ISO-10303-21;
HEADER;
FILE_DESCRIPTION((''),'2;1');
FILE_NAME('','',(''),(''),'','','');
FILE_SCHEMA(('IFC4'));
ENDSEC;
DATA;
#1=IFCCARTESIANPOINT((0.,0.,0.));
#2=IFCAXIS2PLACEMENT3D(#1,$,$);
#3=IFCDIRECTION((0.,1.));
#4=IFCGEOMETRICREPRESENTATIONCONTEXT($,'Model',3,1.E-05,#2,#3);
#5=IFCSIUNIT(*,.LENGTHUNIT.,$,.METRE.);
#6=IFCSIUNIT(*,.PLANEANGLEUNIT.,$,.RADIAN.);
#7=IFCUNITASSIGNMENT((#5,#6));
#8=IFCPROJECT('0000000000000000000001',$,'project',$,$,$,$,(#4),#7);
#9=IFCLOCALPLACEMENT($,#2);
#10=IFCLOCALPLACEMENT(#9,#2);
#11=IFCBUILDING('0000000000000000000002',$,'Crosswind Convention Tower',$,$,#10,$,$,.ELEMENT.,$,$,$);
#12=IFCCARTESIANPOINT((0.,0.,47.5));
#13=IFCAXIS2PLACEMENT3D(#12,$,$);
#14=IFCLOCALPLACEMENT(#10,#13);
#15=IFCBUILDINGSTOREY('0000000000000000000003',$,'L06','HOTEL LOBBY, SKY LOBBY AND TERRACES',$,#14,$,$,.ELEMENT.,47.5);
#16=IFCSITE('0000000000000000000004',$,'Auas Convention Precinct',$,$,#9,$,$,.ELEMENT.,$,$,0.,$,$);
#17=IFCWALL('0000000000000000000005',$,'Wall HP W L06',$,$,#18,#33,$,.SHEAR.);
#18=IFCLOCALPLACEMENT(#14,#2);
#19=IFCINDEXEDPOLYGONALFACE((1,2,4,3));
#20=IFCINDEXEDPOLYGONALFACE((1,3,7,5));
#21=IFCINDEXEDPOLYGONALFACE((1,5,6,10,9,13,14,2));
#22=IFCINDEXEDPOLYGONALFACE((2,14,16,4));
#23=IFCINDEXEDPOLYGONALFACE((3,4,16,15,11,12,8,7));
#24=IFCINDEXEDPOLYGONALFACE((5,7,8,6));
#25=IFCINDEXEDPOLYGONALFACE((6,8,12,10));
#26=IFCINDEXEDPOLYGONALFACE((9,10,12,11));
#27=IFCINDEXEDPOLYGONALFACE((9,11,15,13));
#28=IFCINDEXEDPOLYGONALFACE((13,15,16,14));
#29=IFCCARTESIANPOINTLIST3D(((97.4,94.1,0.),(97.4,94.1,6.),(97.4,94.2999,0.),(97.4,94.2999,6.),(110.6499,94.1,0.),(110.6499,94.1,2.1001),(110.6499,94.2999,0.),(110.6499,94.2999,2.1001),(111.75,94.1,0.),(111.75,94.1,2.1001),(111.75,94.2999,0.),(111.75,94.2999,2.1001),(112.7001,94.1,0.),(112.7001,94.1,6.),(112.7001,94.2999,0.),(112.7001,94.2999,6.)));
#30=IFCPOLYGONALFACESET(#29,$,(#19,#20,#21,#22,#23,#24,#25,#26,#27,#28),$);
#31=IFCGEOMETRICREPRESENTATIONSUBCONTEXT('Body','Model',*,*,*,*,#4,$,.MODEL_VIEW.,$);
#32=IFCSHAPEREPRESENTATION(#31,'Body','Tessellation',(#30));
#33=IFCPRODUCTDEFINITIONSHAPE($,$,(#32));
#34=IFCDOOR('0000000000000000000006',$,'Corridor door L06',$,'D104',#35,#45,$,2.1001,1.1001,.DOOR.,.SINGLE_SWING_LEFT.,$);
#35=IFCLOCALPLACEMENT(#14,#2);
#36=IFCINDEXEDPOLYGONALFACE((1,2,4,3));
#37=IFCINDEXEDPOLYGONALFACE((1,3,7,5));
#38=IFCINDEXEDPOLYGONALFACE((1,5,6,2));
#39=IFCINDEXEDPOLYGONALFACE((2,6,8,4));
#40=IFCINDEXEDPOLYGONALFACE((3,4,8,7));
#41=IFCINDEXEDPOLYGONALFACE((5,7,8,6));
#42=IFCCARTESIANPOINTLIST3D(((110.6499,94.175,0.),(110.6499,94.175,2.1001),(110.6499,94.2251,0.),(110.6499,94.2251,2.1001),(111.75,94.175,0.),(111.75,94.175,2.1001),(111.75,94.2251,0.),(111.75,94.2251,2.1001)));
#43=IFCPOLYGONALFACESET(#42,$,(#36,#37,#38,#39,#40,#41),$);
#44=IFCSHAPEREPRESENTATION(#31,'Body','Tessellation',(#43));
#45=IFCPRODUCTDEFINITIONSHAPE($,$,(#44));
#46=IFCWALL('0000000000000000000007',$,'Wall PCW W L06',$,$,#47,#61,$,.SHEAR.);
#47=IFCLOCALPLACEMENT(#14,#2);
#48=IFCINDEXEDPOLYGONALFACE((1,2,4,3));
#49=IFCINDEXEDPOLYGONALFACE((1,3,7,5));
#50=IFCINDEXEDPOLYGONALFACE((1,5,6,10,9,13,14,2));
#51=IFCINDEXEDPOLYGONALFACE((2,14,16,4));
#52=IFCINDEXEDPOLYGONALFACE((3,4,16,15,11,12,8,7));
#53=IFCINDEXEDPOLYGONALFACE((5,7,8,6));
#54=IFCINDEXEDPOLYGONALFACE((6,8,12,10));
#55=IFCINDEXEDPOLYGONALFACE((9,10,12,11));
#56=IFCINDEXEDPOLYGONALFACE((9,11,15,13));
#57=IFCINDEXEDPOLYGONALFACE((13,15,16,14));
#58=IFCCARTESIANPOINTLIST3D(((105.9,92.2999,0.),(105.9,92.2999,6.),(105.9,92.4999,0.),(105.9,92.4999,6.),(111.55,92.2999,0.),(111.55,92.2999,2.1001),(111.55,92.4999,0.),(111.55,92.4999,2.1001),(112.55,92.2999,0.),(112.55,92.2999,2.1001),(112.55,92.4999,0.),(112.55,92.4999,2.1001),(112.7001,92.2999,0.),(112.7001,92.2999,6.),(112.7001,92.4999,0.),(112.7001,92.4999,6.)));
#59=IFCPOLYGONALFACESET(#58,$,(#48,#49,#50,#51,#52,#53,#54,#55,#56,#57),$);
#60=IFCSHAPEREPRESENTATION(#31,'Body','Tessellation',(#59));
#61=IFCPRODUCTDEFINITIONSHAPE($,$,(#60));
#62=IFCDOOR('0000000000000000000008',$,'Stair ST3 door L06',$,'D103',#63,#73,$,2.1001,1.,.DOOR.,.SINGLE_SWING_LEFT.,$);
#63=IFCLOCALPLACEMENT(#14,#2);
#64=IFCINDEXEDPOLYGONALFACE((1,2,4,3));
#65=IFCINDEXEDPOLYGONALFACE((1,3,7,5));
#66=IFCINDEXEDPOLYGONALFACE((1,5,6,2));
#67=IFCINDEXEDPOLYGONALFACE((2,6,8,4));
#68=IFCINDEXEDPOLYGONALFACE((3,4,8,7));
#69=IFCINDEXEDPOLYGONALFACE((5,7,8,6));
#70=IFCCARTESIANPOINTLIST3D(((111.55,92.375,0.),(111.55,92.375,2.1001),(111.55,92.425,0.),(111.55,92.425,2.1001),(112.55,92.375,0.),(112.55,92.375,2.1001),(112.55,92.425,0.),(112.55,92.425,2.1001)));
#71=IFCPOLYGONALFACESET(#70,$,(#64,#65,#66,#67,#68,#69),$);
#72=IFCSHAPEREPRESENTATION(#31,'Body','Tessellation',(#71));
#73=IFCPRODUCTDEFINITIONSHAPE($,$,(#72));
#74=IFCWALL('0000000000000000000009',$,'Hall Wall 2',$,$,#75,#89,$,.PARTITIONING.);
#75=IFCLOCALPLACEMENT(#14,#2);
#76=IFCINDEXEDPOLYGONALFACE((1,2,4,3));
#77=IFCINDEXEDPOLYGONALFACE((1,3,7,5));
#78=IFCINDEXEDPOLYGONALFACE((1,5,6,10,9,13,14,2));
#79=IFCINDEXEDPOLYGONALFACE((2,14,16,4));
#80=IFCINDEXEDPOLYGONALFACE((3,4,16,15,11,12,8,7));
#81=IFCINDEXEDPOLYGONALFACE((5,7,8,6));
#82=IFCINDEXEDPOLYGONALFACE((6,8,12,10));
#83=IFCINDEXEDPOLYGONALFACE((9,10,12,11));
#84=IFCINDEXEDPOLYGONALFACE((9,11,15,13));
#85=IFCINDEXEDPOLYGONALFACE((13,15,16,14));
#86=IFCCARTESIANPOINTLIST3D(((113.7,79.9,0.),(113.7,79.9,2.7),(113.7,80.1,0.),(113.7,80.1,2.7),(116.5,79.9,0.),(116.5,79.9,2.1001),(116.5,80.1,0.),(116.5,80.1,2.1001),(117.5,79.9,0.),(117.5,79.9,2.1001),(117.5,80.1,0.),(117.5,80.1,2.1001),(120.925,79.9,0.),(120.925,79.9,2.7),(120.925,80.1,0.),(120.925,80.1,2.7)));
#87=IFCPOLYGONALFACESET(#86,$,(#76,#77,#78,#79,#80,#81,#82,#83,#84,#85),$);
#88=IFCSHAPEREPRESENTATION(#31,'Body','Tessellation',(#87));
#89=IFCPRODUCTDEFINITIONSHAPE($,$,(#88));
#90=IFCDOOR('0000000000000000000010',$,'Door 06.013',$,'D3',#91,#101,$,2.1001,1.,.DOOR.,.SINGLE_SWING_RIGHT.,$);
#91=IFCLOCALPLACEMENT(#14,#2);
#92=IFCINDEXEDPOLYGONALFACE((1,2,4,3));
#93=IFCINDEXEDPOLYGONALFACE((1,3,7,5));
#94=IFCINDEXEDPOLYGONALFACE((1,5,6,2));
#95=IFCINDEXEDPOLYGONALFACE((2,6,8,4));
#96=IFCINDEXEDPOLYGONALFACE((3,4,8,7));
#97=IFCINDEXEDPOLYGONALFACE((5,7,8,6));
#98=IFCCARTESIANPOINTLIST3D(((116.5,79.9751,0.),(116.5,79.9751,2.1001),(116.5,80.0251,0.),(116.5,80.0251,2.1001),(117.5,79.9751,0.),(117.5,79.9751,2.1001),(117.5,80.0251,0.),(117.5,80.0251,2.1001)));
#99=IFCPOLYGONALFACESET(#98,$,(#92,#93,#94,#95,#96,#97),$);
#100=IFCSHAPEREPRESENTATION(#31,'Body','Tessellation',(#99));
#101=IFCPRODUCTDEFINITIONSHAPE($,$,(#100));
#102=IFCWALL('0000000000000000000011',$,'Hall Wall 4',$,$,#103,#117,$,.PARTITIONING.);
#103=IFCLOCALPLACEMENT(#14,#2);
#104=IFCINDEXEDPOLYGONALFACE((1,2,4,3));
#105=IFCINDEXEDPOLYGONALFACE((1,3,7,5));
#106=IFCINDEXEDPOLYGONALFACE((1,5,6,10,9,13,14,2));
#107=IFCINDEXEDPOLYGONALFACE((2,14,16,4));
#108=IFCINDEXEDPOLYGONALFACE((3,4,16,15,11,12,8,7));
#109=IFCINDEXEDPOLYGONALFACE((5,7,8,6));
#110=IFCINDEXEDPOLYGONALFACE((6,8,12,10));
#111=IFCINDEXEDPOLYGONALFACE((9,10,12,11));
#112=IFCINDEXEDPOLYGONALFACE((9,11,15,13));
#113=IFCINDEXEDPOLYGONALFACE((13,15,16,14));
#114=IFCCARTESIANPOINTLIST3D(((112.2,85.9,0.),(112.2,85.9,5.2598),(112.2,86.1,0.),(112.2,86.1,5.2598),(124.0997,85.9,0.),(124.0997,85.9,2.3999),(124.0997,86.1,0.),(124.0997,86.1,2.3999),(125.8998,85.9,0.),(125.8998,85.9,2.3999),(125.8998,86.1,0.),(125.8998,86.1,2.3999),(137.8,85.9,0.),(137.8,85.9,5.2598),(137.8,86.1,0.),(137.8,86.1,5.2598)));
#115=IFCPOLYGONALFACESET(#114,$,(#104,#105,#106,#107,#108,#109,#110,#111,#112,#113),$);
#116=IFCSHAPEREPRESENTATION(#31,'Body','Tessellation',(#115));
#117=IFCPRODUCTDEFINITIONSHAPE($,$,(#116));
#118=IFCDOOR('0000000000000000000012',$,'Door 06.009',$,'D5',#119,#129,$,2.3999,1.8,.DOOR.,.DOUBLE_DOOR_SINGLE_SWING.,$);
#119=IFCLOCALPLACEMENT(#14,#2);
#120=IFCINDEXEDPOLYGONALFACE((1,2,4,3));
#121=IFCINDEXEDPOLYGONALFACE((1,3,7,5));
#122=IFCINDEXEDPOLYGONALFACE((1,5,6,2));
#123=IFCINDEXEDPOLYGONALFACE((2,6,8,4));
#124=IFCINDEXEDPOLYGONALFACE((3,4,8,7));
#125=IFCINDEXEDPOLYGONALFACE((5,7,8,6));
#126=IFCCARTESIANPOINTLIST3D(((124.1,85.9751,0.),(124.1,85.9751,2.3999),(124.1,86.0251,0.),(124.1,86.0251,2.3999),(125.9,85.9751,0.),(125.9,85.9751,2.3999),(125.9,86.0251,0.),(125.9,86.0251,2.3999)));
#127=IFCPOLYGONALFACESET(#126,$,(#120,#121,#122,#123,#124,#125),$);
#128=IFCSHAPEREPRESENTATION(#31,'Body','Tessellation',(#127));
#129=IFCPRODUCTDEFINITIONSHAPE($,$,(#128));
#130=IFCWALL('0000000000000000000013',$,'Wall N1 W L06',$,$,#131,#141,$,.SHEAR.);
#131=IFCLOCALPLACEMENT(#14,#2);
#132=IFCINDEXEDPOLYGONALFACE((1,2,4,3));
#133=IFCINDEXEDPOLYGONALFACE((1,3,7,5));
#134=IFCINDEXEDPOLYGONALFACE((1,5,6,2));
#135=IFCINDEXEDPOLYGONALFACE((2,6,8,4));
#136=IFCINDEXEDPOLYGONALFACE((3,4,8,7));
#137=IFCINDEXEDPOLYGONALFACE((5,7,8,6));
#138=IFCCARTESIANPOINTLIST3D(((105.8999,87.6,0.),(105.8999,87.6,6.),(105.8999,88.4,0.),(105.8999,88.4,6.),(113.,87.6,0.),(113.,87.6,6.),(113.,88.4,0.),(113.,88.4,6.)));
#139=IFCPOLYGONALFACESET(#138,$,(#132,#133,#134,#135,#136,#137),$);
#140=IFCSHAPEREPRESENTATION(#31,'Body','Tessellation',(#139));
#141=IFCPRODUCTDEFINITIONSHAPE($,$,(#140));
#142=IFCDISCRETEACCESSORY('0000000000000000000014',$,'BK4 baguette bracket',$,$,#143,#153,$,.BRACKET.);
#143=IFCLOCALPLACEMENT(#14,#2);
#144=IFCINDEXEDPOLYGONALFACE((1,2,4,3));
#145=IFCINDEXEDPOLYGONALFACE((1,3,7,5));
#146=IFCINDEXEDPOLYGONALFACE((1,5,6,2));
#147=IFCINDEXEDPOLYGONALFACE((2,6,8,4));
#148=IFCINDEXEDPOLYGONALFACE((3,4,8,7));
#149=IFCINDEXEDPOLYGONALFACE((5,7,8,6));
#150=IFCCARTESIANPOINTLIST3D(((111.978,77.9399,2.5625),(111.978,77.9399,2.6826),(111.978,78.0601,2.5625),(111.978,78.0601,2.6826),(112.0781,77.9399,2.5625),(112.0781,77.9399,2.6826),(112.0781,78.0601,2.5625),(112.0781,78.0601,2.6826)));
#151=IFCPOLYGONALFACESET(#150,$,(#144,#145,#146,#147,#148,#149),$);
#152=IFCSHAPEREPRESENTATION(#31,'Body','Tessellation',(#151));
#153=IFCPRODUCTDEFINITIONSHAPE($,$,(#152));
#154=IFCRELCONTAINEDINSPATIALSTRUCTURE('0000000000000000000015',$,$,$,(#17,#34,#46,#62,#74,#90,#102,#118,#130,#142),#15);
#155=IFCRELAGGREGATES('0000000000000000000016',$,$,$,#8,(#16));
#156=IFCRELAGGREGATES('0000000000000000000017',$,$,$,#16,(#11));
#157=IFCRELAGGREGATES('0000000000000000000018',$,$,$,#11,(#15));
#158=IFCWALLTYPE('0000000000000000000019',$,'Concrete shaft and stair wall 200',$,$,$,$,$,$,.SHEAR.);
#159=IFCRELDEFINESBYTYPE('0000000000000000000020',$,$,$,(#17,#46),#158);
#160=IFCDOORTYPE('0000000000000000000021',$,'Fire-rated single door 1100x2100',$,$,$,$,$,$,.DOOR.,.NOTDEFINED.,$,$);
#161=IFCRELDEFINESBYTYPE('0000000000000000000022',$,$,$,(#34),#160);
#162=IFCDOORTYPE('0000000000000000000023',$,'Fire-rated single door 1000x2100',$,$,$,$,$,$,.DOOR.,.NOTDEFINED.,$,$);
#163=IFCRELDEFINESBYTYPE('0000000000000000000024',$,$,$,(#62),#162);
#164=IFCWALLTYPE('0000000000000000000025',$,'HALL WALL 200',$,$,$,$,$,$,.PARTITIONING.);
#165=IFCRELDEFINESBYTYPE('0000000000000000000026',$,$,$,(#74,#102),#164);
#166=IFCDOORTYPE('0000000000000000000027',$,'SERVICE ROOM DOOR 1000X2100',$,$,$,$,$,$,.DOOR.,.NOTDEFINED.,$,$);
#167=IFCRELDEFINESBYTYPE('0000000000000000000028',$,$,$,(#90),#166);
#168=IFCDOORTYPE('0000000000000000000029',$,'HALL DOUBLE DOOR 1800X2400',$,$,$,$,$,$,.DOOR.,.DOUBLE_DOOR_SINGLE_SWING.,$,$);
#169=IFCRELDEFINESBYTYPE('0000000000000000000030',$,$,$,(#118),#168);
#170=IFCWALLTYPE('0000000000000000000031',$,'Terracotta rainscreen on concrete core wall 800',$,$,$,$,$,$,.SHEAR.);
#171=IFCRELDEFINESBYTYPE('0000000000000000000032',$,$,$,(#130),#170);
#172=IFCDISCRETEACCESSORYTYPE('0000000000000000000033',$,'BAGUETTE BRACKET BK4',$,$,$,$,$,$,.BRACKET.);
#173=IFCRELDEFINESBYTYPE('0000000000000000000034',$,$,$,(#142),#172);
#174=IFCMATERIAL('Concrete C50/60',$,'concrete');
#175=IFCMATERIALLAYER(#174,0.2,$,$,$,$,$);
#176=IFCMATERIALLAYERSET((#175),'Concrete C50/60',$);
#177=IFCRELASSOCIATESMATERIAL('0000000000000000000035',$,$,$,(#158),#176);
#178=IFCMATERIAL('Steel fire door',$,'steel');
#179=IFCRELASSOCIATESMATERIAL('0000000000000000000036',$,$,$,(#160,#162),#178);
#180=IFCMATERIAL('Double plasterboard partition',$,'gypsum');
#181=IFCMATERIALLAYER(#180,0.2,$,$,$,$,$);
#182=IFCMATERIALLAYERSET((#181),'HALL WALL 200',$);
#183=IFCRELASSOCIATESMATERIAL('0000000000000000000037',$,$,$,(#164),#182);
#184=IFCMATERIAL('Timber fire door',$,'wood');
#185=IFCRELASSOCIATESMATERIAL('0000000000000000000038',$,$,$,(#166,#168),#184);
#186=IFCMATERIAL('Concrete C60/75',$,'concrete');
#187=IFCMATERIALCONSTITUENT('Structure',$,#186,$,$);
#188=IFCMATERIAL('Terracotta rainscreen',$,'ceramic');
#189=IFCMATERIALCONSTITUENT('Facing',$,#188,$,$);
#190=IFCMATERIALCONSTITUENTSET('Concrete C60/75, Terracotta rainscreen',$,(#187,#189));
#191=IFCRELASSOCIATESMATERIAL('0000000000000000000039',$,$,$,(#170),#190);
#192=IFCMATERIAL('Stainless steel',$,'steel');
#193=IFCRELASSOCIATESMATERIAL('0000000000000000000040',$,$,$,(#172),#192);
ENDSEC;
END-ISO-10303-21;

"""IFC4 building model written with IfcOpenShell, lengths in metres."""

from ifc_helpers import new_model, si_unit, direction, frame, frame_2d, origin, origin_2d, place, context, subcontext, project, spatial, rectangle, extrude, material, layer, layer_set, constituent, constituent_set, type_object, element, fill, save


model = new_model("IFC4")

# Units and contexts
model_context = context("Model", 3, precision=1e-05, world=origin(), true_north=direction((0.0, 1.0)))
body_context = subcontext(model_context, "Body", "Model", "MODEL_VIEW")
ifc_project = project(units=[si_unit("LENGTHUNIT", "METRE"), si_unit("PLANEANGLEUNIT", "RADIAN")], contexts=[model_context])

# Site, building, storey
site_placement = place(None, origin())
site = spatial("IfcSite", under=ifc_project, at=site_placement, Name="Auas Convention Precinct", CompositionType="ELEMENT", RefElevation=0.0)
building_placement = place(site_placement, origin())
building = spatial("IfcBuilding", under=site, at=building_placement, Name="Crosswind Convention Tower", CompositionType="ELEMENT")
storey_placement = place(building_placement, frame((0.0, 0.0, 47.5)))
storey = spatial("IfcBuildingStorey", under=building, at=storey_placement, Name="L06", Description="HOTEL LOBBY, SKY LOBBY AND TERRACES", CompositionType="ELEMENT", Elevation=47.5)

# Shared definitions
ifc_material_1 = material(Name="Concrete C50/60", Category="concrete")

# Walls, openings, doors
ifc_layer_1 = layer(ifc_material_1, 0.2)
ifc_layer_set_1 = layer_set([ifc_layer_1], Name="Concrete C50/60")
wall_type_1 = type_object("IfcWallType", Name="Concrete shaft and stair wall 200", PredefinedType="SHEAR", material=ifc_layer_set_1)
wall_1_placement = place(storey_placement, frame((112.7, 94.2, 0.0), z_axis=(0.0, 0.0, 1.0), x_axis=(-1.0, 0.0, 0.0)))
wall_1 = element("IfcWall", 1, at=wall_1_placement, inside=storey, type_object=wall_type_1, Name="Wall HP W L06", PredefinedType="SHEAR", context=body_context, shape_type="SweptSolid", body=[
    extrude(rectangle(XDim=15.3, YDim=0.2, at=frame_2d((7.6499, 0.0))), origin(), (0.0, 0.0, 1.0), 6.0),
])
opening_1_placement = place(wall_1_placement, frame((0.95, 0.0, 0.0)))
opening_1 = element("IfcOpeningElement", 2, at=opening_1_placement, cuts=wall_1, PredefinedType="OPENING", context=body_context, shape_type="SweptSolid", body=[
    extrude(rectangle(XDim=1.1001, YDim=2.1001, at=frame_2d((0.55, 1.05))), frame((0.0, 0.1099, 0.0), z_axis=(0.0, -1.0, 0.0), x_axis=(1.0, 0.0, 0.0)), (0.0, 0.0, 1.0), 0.22),
])
ifc_material_2 = material(Name="Steel fire door", Category="steel")
door_type_1 = type_object("IfcDoorType", Name="Fire-rated single door 1100x2100", OperationType="NOTDEFINED", PredefinedType="DOOR", material=ifc_material_2)
door_1_placement = place(opening_1_placement, origin())
door_1 = element("IfcDoor", 3, at=door_1_placement, inside=storey, type_object=door_type_1, Name="Corridor door L06", ObjectType="D104", OperationType="SINGLE_SWING_LEFT", OverallHeight=2.1001, OverallWidth=1.1001, PredefinedType="DOOR", context=body_context, shape_type="SweptSolid", body=[
    extrude(rectangle(XDim=1.1001, YDim=2.1001, at=frame_2d((0.55, 1.05))), frame((0.0, 0.0249, 0.0), z_axis=(0.0, -1.0, 0.0), x_axis=(1.0, 0.0, 0.0)), (0.0, 0.0, 1.0), 0.05),
])
fill(opening_1, door_1)
wall_2_placement = place(storey_placement, frame((112.7, 92.3999, 0.0), z_axis=(0.0, 0.0, 1.0), x_axis=(-1.0, 0.0, 0.0)))
wall_2 = element("IfcWall", 4, at=wall_2_placement, inside=storey, type_object=wall_type_1, Name="Wall PCW W L06", PredefinedType="SHEAR", context=body_context, shape_type="SweptSolid", body=[
    extrude(rectangle(XDim=6.8, YDim=0.2, at=frame_2d((3.3999, 0.0))), origin(), (0.0, 0.0, 1.0), 6.0),
])
opening_2_placement = place(wall_2_placement, frame((0.1499, 0.0, 0.0)))
opening_2 = element("IfcOpeningElement", 5, at=opening_2_placement, cuts=wall_2, PredefinedType="OPENING", context=body_context, shape_type="SweptSolid", body=[
    extrude(rectangle(XDim=1.0, YDim=2.1001, at=frame_2d((0.5, 1.05))), frame((0.0, 0.1099, 0.0), z_axis=(0.0, -1.0, 0.0), x_axis=(1.0, 0.0, 0.0)), (0.0, 0.0, 1.0), 0.22),
])
door_type_2 = type_object("IfcDoorType", Name="Fire-rated single door 1000x2100", OperationType="NOTDEFINED", PredefinedType="DOOR", material=ifc_material_2)
door_2_placement = place(opening_2_placement, origin())
door_2 = element("IfcDoor", 6, at=door_2_placement, inside=storey, type_object=door_type_2, Name="Stair ST3 door L06", ObjectType="D103", OperationType="SINGLE_SWING_LEFT", OverallHeight=2.1001, OverallWidth=1.0, PredefinedType="DOOR", context=body_context, shape_type="SweptSolid", body=[
    extrude(rectangle(XDim=1.0, YDim=2.1001, at=frame_2d((0.5, 1.05))), frame((0.0, 0.0249, 0.0), z_axis=(0.0, -1.0, 0.0), x_axis=(1.0, 0.0, 0.0)), (0.0, 0.0, 1.0), 0.05),
])
fill(opening_2, door_2)
ifc_material_3 = material(Name="Double plasterboard partition", Category="gypsum")
ifc_layer_2 = layer(ifc_material_3, 0.2)
ifc_layer_set_2 = layer_set([ifc_layer_2], Name="HALL WALL 200")
wall_type_2 = type_object("IfcWallType", Name="HALL WALL 200", PredefinedType="PARTITIONING", material=ifc_layer_set_2)
wall_3_placement = place(storey_placement, frame((113.7, 80.0, 0.0), z_axis=(0.0, 0.0, 1.0), x_axis=(1.0, 0.0, 0.0)))
wall_3 = element("IfcWall", 7, at=wall_3_placement, inside=storey, type_object=wall_type_2, Name="Hall Wall 2", PredefinedType="PARTITIONING", context=body_context, shape_type="SweptSolid", body=[
    extrude(rectangle(XDim=7.2251, YDim=0.2, at=frame_2d((3.6125, 0.0))), origin(), (0.0, 0.0, 1.0), 2.7),
])
opening_3_placement = place(wall_3_placement, frame((2.8, 0.0, 0.0)))
opening_3 = element("IfcOpeningElement", 8, at=opening_3_placement, cuts=wall_3, PredefinedType="OPENING", context=body_context, shape_type="SweptSolid", body=[
    extrude(rectangle(XDim=1.0, YDim=2.1001, at=frame_2d((0.5, 1.05))), frame((0.0, 0.1099, 0.0), z_axis=(0.0, -1.0, 0.0), x_axis=(1.0, 0.0, 0.0)), (0.0, 0.0, 1.0), 0.22),
])
ifc_material_4 = material(Name="Timber fire door", Category="wood")
door_type_3 = type_object("IfcDoorType", Name="SERVICE ROOM DOOR 1000X2100", OperationType="NOTDEFINED", PredefinedType="DOOR", material=ifc_material_4)
door_3_placement = place(opening_3_placement, frame((1.0, 0.0, 0.0), z_axis=(0.0, 0.0, 1.0), x_axis=(-1.0, 0.0, 0.0)))
door_3 = element("IfcDoor", 9, at=door_3_placement, inside=storey, type_object=door_type_3, Name="Door 06.013", ObjectType="D3", OperationType="SINGLE_SWING_RIGHT", OverallHeight=2.1001, OverallWidth=1.0, PredefinedType="DOOR", context=body_context, shape_type="SweptSolid", body=[
    extrude(rectangle(XDim=1.0, YDim=2.1001, at=frame_2d((0.5, 1.05))), frame((0.0, 0.0249, 0.0), z_axis=(0.0, -1.0, 0.0), x_axis=(1.0, 0.0, 0.0)), (0.0, 0.0, 1.0), 0.05),
])
fill(opening_3, door_3)
wall_4_placement = place(storey_placement, frame((112.2, 86.0, 0.0), z_axis=(0.0, 0.0, 1.0), x_axis=(1.0, 0.0, 0.0)))
wall_4 = element("IfcWall", 10, at=wall_4_placement, inside=storey, type_object=wall_type_2, Name="Hall Wall 4", PredefinedType="PARTITIONING", context=body_context, shape_type="SweptSolid", body=[
    extrude(rectangle(XDim=25.6001, YDim=0.2, at=frame_2d((12.8, 0.0))), origin(), (0.0, 0.0, 1.0), 5.2598),
])
opening_4_placement = place(wall_4_placement, frame((11.8999, 0.0, 0.0)))
opening_4 = element("IfcOpeningElement", 11, at=opening_4_placement, cuts=wall_4, PredefinedType="OPENING", context=body_context, shape_type="SweptSolid", body=[
    extrude(rectangle(XDim=1.8, YDim=2.3999, at=frame_2d((0.8999, 1.2))), frame((0.0, 0.1099, 0.0), z_axis=(0.0, -1.0, 0.0), x_axis=(1.0, 0.0, 0.0)), (0.0, 0.0, 1.0), 0.22),
])
door_type_4 = type_object("IfcDoorType", Name="HALL DOUBLE DOOR 1800X2400", OperationType="DOUBLE_DOOR_SINGLE_SWING", PredefinedType="DOOR", material=ifc_material_4)
door_4_placement = place(opening_4_placement, frame((1.8, 0.0, 0.0), z_axis=(0.0, 0.0, 1.0), x_axis=(-1.0, 0.0, 0.0)))
door_4 = element("IfcDoor", 12, at=door_4_placement, inside=storey, type_object=door_type_4, Name="Door 06.009", ObjectType="D5", OperationType="DOUBLE_DOOR_SINGLE_SWING", OverallHeight=2.3999, OverallWidth=1.8, PredefinedType="DOOR", context=body_context, shape_type="SweptSolid", body=[
    extrude(rectangle(XDim=1.8, YDim=2.3999, at=frame_2d((0.8999, 1.2))), frame((0.0, 0.0249, 0.0), z_axis=(0.0, -1.0, 0.0), x_axis=(1.0, 0.0, 0.0)), (0.0, 0.0, 1.0), 0.05),
])
fill(opening_4, door_4)

# Wall
ifc_material_5 = material(Name="Concrete C60/75", Category="concrete")
ifc_constituent_1 = constituent(ifc_material_5, Name="Structure")
ifc_material_6 = material(Name="Terracotta rainscreen", Category="ceramic")
ifc_constituent_2 = constituent(ifc_material_6, Name="Facing")
ifc_constituent_set = constituent_set(constituents=[ifc_constituent_1, ifc_constituent_2], Name="Concrete C60/75, Terracotta rainscreen")
wall_type_3 = type_object("IfcWallType", Name="Terracotta rainscreen on concrete core wall 800", PredefinedType="SHEAR", material=ifc_constituent_set)
wall_5_placement = place(storey_placement, frame((113.0, 88.0, 0.0), z_axis=(0.0, 0.0, 1.0), x_axis=(-1.0, 0.0, 0.0)))
element("IfcWall", 13, at=wall_5_placement, inside=storey, type_object=wall_type_3, Name="Wall N1 W L06", PredefinedType="SHEAR", context=body_context, shape_type="SweptSolid", body=[
    extrude(rectangle(XDim=7.1001, YDim=0.8, at=frame_2d((3.55, 0.0))), origin(), (0.0, 0.0, 1.0), 6.0),
])

# Discrete accessory
ifc_material_7 = material(Name="Stainless steel", Category="steel")
discrete_accessory_type = type_object("IfcDiscreteAccessoryType", Name="BAGUETTE BRACKET BK4", PredefinedType="BRACKET", material=ifc_material_7)
discrete_accessory_placement = place(storey_placement, frame((112.0281, 78.0, 2.5625), z_axis=(0.0, 0.0, 1.0), x_axis=(0.0, -1.0, 0.0)))
element("IfcDiscreteAccessory", 14, at=discrete_accessory_placement, inside=storey, type_object=discrete_accessory_type, Name="BK4 baguette bracket", PredefinedType="BRACKET", context=body_context, shape_type="SweptSolid", body=[
    extrude(rectangle(XDim=0.1201, YDim=0.1001, at=origin_2d()), origin(), (0.0, 0.0, 1.0), 0.1201),
])

save(model, "model.ifc")
